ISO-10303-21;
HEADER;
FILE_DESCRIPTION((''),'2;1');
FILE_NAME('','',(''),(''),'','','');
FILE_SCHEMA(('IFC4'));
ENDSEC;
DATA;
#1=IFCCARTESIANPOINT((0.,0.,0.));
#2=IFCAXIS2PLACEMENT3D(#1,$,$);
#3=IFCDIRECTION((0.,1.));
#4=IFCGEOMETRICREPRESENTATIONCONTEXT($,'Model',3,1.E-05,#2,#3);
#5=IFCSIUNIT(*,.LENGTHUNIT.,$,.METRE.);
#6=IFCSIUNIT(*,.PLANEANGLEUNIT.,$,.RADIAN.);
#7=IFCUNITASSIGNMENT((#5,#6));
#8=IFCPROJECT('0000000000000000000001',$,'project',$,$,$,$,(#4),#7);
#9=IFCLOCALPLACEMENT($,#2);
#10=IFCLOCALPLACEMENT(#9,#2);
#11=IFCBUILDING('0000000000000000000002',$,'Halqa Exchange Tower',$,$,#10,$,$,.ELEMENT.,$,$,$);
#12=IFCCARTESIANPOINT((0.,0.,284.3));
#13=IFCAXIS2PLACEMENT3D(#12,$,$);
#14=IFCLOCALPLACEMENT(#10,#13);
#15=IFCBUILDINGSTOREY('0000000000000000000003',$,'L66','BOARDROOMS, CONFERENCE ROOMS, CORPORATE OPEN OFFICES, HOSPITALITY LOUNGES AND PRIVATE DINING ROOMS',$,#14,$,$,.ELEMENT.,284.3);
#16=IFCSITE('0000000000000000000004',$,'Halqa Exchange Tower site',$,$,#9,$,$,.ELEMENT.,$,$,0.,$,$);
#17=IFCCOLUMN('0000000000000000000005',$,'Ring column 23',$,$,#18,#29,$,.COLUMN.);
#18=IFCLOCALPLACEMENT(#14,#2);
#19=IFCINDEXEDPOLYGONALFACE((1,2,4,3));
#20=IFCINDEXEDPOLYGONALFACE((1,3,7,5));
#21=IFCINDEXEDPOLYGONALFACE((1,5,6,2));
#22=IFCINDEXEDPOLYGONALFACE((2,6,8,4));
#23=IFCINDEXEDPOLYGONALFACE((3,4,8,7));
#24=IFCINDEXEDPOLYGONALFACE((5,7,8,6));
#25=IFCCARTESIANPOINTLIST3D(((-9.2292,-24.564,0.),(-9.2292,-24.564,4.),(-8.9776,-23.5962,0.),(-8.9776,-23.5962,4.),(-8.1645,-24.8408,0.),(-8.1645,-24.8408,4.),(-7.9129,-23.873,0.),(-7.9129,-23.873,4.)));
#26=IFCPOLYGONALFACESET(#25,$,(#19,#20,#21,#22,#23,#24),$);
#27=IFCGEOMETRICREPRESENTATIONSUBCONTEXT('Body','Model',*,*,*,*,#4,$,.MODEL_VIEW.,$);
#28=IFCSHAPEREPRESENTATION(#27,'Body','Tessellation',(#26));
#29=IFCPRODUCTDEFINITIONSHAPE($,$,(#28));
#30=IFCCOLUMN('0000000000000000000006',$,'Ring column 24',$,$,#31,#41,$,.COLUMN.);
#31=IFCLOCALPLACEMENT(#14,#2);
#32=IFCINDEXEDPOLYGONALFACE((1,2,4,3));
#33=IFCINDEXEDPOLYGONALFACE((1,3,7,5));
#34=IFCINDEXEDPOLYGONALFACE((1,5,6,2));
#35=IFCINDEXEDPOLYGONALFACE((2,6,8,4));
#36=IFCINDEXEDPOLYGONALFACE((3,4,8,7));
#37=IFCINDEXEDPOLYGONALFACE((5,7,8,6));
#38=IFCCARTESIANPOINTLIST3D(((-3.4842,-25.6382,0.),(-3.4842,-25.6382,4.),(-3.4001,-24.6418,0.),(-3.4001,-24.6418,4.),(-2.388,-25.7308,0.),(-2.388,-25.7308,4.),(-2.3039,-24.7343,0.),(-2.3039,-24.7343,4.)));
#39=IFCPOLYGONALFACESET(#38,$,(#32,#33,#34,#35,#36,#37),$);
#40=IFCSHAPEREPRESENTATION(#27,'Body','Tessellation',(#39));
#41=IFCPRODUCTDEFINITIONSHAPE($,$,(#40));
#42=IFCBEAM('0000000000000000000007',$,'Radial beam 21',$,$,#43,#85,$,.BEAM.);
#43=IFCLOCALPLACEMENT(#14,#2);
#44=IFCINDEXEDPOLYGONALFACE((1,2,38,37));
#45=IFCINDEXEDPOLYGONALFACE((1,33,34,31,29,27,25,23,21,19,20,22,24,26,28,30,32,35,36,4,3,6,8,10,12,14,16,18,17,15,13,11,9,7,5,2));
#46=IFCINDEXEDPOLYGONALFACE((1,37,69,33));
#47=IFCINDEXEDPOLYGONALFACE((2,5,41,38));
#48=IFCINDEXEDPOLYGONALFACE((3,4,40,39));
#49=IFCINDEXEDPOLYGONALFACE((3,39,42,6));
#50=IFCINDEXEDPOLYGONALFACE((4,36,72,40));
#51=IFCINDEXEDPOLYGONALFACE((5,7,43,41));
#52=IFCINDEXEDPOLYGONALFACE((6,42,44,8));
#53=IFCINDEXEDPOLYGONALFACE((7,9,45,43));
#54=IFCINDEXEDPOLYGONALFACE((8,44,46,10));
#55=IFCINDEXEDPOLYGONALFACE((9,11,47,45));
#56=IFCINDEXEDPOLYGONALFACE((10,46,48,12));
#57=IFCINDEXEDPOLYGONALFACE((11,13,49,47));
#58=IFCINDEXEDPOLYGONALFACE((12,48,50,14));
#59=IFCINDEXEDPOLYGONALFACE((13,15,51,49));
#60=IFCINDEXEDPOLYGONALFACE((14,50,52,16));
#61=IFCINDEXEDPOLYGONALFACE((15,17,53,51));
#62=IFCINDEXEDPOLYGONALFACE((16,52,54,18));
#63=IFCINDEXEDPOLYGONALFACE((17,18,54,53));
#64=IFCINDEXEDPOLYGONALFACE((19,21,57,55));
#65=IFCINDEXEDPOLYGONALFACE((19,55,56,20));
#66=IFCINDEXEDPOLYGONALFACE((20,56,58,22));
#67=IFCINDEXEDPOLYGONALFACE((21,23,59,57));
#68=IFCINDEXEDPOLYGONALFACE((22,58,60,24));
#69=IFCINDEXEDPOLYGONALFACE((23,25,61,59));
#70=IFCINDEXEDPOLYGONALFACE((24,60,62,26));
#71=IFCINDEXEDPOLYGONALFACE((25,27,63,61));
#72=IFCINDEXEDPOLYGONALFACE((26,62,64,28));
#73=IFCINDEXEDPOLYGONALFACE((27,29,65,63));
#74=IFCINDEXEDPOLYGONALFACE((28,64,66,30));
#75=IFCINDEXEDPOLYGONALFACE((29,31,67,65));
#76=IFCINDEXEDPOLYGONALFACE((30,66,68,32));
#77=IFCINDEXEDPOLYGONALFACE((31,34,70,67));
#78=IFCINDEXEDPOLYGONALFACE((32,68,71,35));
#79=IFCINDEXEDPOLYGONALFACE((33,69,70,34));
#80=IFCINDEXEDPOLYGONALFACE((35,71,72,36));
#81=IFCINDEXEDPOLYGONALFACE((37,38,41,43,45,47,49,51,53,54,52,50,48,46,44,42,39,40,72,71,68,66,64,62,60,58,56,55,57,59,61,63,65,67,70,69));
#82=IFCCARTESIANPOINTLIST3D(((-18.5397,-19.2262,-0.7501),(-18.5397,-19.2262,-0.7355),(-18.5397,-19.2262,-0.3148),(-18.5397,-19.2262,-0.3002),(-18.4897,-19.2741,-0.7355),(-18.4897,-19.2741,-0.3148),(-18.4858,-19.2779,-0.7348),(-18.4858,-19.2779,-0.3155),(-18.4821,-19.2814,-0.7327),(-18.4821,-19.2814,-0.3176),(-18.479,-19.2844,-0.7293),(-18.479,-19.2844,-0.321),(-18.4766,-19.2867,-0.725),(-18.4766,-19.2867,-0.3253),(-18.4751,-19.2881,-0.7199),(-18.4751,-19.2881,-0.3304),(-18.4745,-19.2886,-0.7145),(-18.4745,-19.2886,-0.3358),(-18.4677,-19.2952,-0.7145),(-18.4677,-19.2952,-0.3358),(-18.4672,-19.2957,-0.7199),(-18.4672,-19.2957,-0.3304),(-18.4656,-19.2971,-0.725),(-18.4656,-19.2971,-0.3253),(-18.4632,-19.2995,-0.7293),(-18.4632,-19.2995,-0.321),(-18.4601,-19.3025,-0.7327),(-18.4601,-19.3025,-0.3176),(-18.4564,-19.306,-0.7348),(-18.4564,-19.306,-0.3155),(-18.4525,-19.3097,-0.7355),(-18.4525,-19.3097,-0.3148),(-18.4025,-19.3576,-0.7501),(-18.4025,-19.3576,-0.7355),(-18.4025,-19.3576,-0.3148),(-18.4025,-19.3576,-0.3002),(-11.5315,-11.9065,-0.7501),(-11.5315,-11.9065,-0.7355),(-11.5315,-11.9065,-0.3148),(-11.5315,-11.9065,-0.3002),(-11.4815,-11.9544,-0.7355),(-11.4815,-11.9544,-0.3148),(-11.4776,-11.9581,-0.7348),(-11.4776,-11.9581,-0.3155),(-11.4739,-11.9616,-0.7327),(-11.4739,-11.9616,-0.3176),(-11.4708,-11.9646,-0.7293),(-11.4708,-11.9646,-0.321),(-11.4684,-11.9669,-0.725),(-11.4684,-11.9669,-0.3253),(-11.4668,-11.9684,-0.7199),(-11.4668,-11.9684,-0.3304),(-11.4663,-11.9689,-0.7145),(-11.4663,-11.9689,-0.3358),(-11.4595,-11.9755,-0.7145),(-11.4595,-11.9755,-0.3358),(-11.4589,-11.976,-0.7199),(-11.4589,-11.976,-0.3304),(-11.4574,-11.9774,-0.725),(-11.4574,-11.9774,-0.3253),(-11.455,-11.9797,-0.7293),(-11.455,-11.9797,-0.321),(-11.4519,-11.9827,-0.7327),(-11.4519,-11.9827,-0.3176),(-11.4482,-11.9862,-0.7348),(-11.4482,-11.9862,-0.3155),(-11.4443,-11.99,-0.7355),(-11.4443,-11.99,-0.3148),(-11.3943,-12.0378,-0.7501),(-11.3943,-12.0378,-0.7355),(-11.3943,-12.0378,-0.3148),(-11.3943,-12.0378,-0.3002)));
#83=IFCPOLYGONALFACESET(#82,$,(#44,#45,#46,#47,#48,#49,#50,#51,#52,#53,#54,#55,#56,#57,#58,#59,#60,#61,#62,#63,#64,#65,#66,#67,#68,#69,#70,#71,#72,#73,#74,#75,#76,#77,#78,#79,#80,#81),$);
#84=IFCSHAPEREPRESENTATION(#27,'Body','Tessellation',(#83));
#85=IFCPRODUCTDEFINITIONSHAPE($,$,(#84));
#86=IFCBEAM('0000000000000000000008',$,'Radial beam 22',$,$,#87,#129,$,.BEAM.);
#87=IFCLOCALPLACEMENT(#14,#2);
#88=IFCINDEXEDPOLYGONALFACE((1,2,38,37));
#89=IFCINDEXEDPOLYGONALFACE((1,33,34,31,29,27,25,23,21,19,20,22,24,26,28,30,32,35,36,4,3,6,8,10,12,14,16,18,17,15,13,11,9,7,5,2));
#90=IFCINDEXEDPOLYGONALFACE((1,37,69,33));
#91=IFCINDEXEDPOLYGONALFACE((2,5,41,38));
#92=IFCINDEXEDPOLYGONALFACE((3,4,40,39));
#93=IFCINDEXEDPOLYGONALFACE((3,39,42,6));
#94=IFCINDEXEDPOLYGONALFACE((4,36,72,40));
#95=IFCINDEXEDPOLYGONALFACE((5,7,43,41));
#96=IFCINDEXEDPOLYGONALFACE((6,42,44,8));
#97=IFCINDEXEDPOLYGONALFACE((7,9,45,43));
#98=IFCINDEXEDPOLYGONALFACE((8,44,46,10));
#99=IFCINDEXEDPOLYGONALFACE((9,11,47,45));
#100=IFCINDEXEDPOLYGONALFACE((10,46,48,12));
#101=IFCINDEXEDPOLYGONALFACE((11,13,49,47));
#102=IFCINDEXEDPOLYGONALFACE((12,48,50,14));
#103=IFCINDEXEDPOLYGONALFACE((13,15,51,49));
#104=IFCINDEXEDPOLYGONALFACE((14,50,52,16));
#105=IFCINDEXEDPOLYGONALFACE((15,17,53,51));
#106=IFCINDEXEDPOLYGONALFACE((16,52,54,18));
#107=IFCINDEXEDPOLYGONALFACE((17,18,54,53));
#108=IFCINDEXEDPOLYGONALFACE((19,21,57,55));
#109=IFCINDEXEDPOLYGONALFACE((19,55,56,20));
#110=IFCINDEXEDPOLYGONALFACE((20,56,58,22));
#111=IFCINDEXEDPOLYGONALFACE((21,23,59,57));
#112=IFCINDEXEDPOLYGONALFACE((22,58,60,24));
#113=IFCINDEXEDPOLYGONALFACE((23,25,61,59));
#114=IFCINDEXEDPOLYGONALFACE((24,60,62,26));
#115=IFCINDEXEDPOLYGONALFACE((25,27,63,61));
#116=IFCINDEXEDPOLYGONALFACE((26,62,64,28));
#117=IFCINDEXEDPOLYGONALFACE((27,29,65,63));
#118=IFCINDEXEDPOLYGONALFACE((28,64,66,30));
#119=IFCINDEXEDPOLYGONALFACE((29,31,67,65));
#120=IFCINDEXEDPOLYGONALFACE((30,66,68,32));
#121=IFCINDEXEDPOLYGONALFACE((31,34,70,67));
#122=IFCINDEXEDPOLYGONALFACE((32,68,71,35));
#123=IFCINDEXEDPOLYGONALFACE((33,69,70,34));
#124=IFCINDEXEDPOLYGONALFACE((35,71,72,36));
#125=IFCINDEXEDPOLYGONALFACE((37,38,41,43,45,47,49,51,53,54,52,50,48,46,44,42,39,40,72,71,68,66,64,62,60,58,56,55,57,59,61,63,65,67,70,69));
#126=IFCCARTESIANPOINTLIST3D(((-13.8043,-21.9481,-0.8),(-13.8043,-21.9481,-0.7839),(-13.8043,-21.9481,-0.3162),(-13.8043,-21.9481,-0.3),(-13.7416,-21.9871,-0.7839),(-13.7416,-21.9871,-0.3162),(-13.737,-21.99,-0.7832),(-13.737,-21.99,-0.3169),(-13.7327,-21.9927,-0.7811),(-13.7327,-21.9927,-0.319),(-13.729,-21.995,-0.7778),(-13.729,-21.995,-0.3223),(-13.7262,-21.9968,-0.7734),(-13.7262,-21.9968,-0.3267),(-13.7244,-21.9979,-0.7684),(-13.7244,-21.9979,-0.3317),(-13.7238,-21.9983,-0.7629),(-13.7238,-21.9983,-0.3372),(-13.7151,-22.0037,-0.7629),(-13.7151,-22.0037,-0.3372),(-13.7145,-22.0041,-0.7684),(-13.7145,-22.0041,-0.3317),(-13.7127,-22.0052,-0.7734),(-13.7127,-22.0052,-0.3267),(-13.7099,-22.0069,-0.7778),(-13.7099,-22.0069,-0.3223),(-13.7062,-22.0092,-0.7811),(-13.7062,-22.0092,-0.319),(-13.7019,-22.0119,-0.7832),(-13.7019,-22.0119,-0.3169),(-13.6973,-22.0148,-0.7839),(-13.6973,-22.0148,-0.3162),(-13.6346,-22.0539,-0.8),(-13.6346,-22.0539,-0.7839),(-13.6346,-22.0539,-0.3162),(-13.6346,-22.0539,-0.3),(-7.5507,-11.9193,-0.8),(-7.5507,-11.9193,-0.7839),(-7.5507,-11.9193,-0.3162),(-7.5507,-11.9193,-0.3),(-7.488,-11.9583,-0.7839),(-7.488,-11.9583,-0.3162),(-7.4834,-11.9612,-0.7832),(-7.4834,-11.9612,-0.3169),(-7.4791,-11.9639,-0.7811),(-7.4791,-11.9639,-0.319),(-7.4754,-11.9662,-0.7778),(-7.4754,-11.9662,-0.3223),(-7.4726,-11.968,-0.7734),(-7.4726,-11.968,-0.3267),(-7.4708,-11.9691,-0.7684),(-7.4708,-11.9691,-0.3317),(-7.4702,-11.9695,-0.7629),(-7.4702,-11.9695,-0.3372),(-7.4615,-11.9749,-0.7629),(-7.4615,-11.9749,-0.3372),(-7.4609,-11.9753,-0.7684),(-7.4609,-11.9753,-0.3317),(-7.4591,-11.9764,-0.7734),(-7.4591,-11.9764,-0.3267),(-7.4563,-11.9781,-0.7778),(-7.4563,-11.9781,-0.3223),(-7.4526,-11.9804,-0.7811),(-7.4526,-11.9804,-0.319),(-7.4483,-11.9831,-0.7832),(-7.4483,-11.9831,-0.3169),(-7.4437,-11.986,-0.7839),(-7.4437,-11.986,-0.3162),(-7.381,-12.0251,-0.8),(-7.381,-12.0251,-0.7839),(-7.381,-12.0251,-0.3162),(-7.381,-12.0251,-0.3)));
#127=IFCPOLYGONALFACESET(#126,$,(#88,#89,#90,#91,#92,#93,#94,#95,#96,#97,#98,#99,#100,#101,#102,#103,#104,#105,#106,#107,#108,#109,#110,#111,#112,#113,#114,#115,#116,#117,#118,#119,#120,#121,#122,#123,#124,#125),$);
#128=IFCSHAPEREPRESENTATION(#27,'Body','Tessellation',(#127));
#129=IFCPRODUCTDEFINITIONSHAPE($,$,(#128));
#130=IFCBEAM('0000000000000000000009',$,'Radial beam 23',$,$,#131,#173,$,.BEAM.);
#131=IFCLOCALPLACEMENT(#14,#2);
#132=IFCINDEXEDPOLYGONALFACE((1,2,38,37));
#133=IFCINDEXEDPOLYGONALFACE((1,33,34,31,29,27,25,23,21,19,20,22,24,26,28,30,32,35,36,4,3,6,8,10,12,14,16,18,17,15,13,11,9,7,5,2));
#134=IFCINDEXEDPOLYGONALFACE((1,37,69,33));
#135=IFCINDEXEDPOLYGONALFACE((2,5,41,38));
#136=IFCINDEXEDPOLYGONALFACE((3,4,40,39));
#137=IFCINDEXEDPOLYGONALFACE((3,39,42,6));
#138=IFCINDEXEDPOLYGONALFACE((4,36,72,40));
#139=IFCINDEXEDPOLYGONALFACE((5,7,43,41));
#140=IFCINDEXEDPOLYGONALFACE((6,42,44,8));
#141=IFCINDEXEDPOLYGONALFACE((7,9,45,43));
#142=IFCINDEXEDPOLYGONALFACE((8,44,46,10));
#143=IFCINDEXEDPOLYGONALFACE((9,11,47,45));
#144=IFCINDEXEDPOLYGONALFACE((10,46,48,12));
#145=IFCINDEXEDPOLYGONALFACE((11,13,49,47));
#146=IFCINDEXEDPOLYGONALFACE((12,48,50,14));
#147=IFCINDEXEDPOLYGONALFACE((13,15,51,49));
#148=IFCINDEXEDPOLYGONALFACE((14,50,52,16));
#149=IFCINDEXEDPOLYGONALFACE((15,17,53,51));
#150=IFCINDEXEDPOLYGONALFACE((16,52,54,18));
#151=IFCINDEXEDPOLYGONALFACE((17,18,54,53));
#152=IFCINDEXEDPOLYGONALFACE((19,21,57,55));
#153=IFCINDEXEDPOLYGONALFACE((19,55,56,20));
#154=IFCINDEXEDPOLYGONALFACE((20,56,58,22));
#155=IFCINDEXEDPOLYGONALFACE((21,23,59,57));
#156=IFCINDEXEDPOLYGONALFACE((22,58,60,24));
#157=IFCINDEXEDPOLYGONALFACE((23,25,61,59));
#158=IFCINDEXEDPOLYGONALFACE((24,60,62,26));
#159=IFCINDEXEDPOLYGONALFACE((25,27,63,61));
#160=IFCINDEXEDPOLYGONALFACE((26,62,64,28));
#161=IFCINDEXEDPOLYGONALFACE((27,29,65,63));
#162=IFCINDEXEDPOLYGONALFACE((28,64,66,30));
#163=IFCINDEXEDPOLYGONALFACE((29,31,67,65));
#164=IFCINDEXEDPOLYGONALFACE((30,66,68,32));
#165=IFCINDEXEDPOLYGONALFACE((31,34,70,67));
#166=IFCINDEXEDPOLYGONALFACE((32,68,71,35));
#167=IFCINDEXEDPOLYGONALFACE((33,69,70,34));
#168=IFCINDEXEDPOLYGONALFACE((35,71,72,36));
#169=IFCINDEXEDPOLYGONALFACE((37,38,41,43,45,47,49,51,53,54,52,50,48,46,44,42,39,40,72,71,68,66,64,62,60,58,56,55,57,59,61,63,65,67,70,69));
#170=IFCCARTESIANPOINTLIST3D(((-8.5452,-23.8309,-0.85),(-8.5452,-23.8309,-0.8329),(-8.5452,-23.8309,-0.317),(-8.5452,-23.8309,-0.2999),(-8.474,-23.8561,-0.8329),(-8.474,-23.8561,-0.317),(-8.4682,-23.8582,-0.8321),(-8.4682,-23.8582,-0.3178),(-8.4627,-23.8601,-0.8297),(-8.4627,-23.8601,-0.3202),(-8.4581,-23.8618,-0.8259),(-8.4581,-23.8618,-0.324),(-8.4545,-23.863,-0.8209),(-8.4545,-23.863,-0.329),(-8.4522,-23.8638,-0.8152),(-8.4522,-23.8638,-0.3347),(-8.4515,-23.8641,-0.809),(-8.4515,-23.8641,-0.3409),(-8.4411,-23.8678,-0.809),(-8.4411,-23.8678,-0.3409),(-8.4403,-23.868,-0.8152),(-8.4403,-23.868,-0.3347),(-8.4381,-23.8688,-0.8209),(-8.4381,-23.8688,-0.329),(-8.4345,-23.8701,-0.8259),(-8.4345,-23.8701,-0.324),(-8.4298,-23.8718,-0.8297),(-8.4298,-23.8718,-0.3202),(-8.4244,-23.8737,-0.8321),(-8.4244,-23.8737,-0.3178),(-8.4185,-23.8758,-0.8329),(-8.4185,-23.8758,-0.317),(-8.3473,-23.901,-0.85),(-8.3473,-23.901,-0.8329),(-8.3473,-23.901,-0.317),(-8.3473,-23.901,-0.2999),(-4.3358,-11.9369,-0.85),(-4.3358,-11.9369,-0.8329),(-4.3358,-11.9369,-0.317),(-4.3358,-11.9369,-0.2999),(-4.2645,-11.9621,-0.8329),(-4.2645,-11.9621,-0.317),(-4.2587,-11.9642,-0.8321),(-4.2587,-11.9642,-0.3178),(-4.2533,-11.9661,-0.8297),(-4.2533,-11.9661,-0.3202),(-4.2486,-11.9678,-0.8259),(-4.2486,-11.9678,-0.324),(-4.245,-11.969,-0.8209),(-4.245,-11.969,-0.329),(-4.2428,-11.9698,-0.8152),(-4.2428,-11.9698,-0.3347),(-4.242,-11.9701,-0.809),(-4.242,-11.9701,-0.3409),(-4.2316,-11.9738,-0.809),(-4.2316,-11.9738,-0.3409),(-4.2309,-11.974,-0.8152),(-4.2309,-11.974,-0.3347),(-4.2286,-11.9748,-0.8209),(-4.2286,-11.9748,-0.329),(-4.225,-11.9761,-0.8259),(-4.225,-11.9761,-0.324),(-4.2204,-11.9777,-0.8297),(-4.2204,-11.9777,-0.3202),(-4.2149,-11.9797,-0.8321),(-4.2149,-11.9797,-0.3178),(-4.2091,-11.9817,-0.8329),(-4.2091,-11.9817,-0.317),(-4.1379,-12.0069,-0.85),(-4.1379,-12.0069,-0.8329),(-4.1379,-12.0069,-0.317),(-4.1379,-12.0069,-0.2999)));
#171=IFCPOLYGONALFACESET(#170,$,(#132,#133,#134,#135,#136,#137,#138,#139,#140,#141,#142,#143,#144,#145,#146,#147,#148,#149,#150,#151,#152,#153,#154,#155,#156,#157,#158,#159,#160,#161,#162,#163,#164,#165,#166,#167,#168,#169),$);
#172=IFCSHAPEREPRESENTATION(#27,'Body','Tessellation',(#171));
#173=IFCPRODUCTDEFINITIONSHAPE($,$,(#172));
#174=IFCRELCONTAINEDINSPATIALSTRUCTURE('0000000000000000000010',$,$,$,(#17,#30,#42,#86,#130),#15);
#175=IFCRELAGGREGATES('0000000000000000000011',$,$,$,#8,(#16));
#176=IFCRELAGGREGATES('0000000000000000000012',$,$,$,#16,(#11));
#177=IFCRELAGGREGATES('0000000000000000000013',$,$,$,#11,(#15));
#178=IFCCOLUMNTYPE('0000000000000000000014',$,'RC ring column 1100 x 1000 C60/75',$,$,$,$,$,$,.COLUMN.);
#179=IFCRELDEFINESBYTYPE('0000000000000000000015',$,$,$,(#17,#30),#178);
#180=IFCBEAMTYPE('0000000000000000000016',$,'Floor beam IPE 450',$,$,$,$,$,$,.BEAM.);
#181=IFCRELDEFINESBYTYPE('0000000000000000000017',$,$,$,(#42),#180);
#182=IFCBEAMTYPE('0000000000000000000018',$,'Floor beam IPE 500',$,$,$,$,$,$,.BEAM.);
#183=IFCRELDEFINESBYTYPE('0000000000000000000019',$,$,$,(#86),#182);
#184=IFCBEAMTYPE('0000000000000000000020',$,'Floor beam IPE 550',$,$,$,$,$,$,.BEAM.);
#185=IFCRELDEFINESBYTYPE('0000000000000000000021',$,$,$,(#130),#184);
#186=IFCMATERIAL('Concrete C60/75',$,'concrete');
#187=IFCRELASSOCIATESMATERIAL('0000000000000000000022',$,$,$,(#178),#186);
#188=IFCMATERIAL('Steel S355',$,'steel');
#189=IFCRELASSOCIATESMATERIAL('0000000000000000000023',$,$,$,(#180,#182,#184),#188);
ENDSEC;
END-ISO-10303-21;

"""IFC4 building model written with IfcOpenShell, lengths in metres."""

from ifc_helpers import new_model, si_unit, direction, frame, origin, origin_2d, place, context, subcontext, project, spatial, rectangle, i_section, extrude, material, material_profile, profile_set, type_object, element, save


model = new_model("IFC4")

# Units and contexts
model_context = context("Model", 3, precision=1e-05, world=origin(), true_north=direction((0.0, 1.0)))
body_context = subcontext(model_context, "Body", "Model", "MODEL_VIEW")
ifc_project = project(units=[si_unit("LENGTHUNIT", "METRE"), si_unit("PLANEANGLEUNIT", "RADIAN")], contexts=[model_context])

# Site, building, storey
site_placement = place(None, origin())
site = spatial("IfcSite", under=ifc_project, at=site_placement, Name="Halqa Exchange Tower site", CompositionType="ELEMENT", RefElevation=0.0)
building_placement = place(site_placement, origin())
building = spatial("IfcBuilding", under=site, at=building_placement, Name="Halqa Exchange Tower", CompositionType="ELEMENT")
storey_placement = place(building_placement, frame((0.0, 0.0, 284.3)))
storey = spatial("IfcBuildingStorey", under=building, at=storey_placement, Name="L66", Description="BOARDROOMS, CONFERENCE ROOMS, CORPORATE OPEN OFFICES, HOSPITALITY LOUNGES AND PRIVATE DINING ROOMS", CompositionType="ELEMENT", Elevation=284.3)

# Columns
ifc_material_1 = material(Name="Concrete C60/75", Category="concrete")
ifc_material_profile_1 = material_profile(ifc_material_1, rectangle(XDim=1.1001, YDim=1.0, at=origin_2d()), Name="1100 x 1000")
ifc_profile_set_1 = profile_set([ifc_material_profile_1], Name="Concrete C60/75")
column_type = type_object("IfcColumnType", Name="RC ring column 1100 x 1000 C60/75", PredefinedType="COLUMN", material=ifc_profile_set_1)
for number, where, z_axis, x_axis, name in (
    (1, (-8.571, -24.2185, 0.0), (0.0, 0.0, 1.0), (0.96782, -0.251644, 0.0), "Ring column 23"),
    (2, (-2.894, -25.1863, 0.0), (0.0, 0.0, 1.0), (0.996456, -0.084121, 0.0), "Ring column 24"),
):
    element("IfcColumn", number, at=place(storey_placement, frame(where, z_axis=z_axis, x_axis=x_axis)), inside=storey, type_object=column_type, Name=name, PredefinedType="COLUMN", context=body_context, shape_type="SweptSolid", body=[
        extrude(rectangle(XDim=1.1001, YDim=1.0, at=origin_2d()), origin(), (0.0, 0.0, 1.0), 4.0),
    ])

# Beams
ifc_material_2 = material(Name="Steel S355", Category="steel")
ifc_material_profile_2 = material_profile(ifc_material_2, i_section(OverallWidth=0.1899, OverallDepth=0.45, WebThickness=0.0095, FlangeThickness=0.0146, FilletRadius=0.021, at=origin_2d()), Name="IPE 450")
ifc_profile_set_2 = profile_set([ifc_material_profile_2], Name="Steel S355")
beam_type_1 = type_object("IfcBeamType", Name="Floor beam IPE 450", PredefinedType="BEAM", material=ifc_profile_set_2)
beam_1_placement = place(storey_placement, frame((-11.4629, -11.9722, -0.5251), z_axis=(-0.691569, -0.72231, 0.0), x_axis=(0.72231, -0.691569, 0.0)))
element("IfcBeam", 3, at=beam_1_placement, inside=storey, type_object=beam_type_1, Name="Radial beam 21", PredefinedType="BEAM", context=body_context, shape_type="SweptSolid", body=[
    extrude(i_section(OverallWidth=0.1899, OverallDepth=0.45, WebThickness=0.0095, FlangeThickness=0.0146, FilletRadius=0.021, at=origin_2d()), origin(), (0.0, 0.0, 1.0), 10.1338),
])
ifc_material_profile_3 = material_profile(ifc_material_2, i_section(OverallWidth=0.2, OverallDepth=0.5, WebThickness=0.0103, FlangeThickness=0.0161, FilletRadius=0.021, at=origin_2d()), Name="IPE 500")
ifc_profile_set_3 = profile_set([ifc_material_profile_3], Name="Steel S355")
beam_type_2 = type_object("IfcBeamType", Name="Floor beam IPE 500", PredefinedType="BEAM", material=ifc_profile_set_3)
beam_2_placement = place(storey_placement, frame((-7.4658, -11.9722, -0.55), z_axis=(-0.529126, -0.848543, 0.0), x_axis=(0.848543, -0.529126, 0.0)))
element("IfcBeam", 4, at=beam_2_placement, inside=storey, type_object=beam_type_2, Name="Radial beam 22", PredefinedType="BEAM", context=body_context, shape_type="SweptSolid", body=[
    extrude(i_section(OverallWidth=0.2, OverallDepth=0.5, WebThickness=0.0103, FlangeThickness=0.0161, FilletRadius=0.021, at=origin_2d()), origin(), (0.0, 0.0, 1.0), 11.8188),
])
ifc_material_profile_4 = material_profile(ifc_material_2, i_section(OverallWidth=0.21, OverallDepth=0.55, WebThickness=0.011, FlangeThickness=0.0171, FilletRadius=0.0239, at=origin_2d()), Name="IPE 550")
ifc_profile_set_4 = profile_set([ifc_material_profile_4], Name="Steel S355")
beam_type_3 = type_object("IfcBeamType", Name="Floor beam IPE 550", PredefinedType="BEAM", material=ifc_profile_set_4)
beam_3_placement = place(storey_placement, frame((-4.2368, -11.9719, -0.575), z_axis=(-0.333636, -0.942702, 0.0), x_axis=(0.942702, -0.333636, 0.0)))
element("IfcBeam", 5, at=beam_3_placement, inside=storey, type_object=beam_type_3, Name="Radial beam 23", PredefinedType="BEAM", context=body_context, shape_type="SweptSolid", body=[
    extrude(i_section(OverallWidth=0.21, OverallDepth=0.55, WebThickness=0.011, FlangeThickness=0.0171, FilletRadius=0.0239, at=origin_2d()), origin(), (0.0, 0.0, 1.0), 12.6169),
])

save(model, "model.ifc")
